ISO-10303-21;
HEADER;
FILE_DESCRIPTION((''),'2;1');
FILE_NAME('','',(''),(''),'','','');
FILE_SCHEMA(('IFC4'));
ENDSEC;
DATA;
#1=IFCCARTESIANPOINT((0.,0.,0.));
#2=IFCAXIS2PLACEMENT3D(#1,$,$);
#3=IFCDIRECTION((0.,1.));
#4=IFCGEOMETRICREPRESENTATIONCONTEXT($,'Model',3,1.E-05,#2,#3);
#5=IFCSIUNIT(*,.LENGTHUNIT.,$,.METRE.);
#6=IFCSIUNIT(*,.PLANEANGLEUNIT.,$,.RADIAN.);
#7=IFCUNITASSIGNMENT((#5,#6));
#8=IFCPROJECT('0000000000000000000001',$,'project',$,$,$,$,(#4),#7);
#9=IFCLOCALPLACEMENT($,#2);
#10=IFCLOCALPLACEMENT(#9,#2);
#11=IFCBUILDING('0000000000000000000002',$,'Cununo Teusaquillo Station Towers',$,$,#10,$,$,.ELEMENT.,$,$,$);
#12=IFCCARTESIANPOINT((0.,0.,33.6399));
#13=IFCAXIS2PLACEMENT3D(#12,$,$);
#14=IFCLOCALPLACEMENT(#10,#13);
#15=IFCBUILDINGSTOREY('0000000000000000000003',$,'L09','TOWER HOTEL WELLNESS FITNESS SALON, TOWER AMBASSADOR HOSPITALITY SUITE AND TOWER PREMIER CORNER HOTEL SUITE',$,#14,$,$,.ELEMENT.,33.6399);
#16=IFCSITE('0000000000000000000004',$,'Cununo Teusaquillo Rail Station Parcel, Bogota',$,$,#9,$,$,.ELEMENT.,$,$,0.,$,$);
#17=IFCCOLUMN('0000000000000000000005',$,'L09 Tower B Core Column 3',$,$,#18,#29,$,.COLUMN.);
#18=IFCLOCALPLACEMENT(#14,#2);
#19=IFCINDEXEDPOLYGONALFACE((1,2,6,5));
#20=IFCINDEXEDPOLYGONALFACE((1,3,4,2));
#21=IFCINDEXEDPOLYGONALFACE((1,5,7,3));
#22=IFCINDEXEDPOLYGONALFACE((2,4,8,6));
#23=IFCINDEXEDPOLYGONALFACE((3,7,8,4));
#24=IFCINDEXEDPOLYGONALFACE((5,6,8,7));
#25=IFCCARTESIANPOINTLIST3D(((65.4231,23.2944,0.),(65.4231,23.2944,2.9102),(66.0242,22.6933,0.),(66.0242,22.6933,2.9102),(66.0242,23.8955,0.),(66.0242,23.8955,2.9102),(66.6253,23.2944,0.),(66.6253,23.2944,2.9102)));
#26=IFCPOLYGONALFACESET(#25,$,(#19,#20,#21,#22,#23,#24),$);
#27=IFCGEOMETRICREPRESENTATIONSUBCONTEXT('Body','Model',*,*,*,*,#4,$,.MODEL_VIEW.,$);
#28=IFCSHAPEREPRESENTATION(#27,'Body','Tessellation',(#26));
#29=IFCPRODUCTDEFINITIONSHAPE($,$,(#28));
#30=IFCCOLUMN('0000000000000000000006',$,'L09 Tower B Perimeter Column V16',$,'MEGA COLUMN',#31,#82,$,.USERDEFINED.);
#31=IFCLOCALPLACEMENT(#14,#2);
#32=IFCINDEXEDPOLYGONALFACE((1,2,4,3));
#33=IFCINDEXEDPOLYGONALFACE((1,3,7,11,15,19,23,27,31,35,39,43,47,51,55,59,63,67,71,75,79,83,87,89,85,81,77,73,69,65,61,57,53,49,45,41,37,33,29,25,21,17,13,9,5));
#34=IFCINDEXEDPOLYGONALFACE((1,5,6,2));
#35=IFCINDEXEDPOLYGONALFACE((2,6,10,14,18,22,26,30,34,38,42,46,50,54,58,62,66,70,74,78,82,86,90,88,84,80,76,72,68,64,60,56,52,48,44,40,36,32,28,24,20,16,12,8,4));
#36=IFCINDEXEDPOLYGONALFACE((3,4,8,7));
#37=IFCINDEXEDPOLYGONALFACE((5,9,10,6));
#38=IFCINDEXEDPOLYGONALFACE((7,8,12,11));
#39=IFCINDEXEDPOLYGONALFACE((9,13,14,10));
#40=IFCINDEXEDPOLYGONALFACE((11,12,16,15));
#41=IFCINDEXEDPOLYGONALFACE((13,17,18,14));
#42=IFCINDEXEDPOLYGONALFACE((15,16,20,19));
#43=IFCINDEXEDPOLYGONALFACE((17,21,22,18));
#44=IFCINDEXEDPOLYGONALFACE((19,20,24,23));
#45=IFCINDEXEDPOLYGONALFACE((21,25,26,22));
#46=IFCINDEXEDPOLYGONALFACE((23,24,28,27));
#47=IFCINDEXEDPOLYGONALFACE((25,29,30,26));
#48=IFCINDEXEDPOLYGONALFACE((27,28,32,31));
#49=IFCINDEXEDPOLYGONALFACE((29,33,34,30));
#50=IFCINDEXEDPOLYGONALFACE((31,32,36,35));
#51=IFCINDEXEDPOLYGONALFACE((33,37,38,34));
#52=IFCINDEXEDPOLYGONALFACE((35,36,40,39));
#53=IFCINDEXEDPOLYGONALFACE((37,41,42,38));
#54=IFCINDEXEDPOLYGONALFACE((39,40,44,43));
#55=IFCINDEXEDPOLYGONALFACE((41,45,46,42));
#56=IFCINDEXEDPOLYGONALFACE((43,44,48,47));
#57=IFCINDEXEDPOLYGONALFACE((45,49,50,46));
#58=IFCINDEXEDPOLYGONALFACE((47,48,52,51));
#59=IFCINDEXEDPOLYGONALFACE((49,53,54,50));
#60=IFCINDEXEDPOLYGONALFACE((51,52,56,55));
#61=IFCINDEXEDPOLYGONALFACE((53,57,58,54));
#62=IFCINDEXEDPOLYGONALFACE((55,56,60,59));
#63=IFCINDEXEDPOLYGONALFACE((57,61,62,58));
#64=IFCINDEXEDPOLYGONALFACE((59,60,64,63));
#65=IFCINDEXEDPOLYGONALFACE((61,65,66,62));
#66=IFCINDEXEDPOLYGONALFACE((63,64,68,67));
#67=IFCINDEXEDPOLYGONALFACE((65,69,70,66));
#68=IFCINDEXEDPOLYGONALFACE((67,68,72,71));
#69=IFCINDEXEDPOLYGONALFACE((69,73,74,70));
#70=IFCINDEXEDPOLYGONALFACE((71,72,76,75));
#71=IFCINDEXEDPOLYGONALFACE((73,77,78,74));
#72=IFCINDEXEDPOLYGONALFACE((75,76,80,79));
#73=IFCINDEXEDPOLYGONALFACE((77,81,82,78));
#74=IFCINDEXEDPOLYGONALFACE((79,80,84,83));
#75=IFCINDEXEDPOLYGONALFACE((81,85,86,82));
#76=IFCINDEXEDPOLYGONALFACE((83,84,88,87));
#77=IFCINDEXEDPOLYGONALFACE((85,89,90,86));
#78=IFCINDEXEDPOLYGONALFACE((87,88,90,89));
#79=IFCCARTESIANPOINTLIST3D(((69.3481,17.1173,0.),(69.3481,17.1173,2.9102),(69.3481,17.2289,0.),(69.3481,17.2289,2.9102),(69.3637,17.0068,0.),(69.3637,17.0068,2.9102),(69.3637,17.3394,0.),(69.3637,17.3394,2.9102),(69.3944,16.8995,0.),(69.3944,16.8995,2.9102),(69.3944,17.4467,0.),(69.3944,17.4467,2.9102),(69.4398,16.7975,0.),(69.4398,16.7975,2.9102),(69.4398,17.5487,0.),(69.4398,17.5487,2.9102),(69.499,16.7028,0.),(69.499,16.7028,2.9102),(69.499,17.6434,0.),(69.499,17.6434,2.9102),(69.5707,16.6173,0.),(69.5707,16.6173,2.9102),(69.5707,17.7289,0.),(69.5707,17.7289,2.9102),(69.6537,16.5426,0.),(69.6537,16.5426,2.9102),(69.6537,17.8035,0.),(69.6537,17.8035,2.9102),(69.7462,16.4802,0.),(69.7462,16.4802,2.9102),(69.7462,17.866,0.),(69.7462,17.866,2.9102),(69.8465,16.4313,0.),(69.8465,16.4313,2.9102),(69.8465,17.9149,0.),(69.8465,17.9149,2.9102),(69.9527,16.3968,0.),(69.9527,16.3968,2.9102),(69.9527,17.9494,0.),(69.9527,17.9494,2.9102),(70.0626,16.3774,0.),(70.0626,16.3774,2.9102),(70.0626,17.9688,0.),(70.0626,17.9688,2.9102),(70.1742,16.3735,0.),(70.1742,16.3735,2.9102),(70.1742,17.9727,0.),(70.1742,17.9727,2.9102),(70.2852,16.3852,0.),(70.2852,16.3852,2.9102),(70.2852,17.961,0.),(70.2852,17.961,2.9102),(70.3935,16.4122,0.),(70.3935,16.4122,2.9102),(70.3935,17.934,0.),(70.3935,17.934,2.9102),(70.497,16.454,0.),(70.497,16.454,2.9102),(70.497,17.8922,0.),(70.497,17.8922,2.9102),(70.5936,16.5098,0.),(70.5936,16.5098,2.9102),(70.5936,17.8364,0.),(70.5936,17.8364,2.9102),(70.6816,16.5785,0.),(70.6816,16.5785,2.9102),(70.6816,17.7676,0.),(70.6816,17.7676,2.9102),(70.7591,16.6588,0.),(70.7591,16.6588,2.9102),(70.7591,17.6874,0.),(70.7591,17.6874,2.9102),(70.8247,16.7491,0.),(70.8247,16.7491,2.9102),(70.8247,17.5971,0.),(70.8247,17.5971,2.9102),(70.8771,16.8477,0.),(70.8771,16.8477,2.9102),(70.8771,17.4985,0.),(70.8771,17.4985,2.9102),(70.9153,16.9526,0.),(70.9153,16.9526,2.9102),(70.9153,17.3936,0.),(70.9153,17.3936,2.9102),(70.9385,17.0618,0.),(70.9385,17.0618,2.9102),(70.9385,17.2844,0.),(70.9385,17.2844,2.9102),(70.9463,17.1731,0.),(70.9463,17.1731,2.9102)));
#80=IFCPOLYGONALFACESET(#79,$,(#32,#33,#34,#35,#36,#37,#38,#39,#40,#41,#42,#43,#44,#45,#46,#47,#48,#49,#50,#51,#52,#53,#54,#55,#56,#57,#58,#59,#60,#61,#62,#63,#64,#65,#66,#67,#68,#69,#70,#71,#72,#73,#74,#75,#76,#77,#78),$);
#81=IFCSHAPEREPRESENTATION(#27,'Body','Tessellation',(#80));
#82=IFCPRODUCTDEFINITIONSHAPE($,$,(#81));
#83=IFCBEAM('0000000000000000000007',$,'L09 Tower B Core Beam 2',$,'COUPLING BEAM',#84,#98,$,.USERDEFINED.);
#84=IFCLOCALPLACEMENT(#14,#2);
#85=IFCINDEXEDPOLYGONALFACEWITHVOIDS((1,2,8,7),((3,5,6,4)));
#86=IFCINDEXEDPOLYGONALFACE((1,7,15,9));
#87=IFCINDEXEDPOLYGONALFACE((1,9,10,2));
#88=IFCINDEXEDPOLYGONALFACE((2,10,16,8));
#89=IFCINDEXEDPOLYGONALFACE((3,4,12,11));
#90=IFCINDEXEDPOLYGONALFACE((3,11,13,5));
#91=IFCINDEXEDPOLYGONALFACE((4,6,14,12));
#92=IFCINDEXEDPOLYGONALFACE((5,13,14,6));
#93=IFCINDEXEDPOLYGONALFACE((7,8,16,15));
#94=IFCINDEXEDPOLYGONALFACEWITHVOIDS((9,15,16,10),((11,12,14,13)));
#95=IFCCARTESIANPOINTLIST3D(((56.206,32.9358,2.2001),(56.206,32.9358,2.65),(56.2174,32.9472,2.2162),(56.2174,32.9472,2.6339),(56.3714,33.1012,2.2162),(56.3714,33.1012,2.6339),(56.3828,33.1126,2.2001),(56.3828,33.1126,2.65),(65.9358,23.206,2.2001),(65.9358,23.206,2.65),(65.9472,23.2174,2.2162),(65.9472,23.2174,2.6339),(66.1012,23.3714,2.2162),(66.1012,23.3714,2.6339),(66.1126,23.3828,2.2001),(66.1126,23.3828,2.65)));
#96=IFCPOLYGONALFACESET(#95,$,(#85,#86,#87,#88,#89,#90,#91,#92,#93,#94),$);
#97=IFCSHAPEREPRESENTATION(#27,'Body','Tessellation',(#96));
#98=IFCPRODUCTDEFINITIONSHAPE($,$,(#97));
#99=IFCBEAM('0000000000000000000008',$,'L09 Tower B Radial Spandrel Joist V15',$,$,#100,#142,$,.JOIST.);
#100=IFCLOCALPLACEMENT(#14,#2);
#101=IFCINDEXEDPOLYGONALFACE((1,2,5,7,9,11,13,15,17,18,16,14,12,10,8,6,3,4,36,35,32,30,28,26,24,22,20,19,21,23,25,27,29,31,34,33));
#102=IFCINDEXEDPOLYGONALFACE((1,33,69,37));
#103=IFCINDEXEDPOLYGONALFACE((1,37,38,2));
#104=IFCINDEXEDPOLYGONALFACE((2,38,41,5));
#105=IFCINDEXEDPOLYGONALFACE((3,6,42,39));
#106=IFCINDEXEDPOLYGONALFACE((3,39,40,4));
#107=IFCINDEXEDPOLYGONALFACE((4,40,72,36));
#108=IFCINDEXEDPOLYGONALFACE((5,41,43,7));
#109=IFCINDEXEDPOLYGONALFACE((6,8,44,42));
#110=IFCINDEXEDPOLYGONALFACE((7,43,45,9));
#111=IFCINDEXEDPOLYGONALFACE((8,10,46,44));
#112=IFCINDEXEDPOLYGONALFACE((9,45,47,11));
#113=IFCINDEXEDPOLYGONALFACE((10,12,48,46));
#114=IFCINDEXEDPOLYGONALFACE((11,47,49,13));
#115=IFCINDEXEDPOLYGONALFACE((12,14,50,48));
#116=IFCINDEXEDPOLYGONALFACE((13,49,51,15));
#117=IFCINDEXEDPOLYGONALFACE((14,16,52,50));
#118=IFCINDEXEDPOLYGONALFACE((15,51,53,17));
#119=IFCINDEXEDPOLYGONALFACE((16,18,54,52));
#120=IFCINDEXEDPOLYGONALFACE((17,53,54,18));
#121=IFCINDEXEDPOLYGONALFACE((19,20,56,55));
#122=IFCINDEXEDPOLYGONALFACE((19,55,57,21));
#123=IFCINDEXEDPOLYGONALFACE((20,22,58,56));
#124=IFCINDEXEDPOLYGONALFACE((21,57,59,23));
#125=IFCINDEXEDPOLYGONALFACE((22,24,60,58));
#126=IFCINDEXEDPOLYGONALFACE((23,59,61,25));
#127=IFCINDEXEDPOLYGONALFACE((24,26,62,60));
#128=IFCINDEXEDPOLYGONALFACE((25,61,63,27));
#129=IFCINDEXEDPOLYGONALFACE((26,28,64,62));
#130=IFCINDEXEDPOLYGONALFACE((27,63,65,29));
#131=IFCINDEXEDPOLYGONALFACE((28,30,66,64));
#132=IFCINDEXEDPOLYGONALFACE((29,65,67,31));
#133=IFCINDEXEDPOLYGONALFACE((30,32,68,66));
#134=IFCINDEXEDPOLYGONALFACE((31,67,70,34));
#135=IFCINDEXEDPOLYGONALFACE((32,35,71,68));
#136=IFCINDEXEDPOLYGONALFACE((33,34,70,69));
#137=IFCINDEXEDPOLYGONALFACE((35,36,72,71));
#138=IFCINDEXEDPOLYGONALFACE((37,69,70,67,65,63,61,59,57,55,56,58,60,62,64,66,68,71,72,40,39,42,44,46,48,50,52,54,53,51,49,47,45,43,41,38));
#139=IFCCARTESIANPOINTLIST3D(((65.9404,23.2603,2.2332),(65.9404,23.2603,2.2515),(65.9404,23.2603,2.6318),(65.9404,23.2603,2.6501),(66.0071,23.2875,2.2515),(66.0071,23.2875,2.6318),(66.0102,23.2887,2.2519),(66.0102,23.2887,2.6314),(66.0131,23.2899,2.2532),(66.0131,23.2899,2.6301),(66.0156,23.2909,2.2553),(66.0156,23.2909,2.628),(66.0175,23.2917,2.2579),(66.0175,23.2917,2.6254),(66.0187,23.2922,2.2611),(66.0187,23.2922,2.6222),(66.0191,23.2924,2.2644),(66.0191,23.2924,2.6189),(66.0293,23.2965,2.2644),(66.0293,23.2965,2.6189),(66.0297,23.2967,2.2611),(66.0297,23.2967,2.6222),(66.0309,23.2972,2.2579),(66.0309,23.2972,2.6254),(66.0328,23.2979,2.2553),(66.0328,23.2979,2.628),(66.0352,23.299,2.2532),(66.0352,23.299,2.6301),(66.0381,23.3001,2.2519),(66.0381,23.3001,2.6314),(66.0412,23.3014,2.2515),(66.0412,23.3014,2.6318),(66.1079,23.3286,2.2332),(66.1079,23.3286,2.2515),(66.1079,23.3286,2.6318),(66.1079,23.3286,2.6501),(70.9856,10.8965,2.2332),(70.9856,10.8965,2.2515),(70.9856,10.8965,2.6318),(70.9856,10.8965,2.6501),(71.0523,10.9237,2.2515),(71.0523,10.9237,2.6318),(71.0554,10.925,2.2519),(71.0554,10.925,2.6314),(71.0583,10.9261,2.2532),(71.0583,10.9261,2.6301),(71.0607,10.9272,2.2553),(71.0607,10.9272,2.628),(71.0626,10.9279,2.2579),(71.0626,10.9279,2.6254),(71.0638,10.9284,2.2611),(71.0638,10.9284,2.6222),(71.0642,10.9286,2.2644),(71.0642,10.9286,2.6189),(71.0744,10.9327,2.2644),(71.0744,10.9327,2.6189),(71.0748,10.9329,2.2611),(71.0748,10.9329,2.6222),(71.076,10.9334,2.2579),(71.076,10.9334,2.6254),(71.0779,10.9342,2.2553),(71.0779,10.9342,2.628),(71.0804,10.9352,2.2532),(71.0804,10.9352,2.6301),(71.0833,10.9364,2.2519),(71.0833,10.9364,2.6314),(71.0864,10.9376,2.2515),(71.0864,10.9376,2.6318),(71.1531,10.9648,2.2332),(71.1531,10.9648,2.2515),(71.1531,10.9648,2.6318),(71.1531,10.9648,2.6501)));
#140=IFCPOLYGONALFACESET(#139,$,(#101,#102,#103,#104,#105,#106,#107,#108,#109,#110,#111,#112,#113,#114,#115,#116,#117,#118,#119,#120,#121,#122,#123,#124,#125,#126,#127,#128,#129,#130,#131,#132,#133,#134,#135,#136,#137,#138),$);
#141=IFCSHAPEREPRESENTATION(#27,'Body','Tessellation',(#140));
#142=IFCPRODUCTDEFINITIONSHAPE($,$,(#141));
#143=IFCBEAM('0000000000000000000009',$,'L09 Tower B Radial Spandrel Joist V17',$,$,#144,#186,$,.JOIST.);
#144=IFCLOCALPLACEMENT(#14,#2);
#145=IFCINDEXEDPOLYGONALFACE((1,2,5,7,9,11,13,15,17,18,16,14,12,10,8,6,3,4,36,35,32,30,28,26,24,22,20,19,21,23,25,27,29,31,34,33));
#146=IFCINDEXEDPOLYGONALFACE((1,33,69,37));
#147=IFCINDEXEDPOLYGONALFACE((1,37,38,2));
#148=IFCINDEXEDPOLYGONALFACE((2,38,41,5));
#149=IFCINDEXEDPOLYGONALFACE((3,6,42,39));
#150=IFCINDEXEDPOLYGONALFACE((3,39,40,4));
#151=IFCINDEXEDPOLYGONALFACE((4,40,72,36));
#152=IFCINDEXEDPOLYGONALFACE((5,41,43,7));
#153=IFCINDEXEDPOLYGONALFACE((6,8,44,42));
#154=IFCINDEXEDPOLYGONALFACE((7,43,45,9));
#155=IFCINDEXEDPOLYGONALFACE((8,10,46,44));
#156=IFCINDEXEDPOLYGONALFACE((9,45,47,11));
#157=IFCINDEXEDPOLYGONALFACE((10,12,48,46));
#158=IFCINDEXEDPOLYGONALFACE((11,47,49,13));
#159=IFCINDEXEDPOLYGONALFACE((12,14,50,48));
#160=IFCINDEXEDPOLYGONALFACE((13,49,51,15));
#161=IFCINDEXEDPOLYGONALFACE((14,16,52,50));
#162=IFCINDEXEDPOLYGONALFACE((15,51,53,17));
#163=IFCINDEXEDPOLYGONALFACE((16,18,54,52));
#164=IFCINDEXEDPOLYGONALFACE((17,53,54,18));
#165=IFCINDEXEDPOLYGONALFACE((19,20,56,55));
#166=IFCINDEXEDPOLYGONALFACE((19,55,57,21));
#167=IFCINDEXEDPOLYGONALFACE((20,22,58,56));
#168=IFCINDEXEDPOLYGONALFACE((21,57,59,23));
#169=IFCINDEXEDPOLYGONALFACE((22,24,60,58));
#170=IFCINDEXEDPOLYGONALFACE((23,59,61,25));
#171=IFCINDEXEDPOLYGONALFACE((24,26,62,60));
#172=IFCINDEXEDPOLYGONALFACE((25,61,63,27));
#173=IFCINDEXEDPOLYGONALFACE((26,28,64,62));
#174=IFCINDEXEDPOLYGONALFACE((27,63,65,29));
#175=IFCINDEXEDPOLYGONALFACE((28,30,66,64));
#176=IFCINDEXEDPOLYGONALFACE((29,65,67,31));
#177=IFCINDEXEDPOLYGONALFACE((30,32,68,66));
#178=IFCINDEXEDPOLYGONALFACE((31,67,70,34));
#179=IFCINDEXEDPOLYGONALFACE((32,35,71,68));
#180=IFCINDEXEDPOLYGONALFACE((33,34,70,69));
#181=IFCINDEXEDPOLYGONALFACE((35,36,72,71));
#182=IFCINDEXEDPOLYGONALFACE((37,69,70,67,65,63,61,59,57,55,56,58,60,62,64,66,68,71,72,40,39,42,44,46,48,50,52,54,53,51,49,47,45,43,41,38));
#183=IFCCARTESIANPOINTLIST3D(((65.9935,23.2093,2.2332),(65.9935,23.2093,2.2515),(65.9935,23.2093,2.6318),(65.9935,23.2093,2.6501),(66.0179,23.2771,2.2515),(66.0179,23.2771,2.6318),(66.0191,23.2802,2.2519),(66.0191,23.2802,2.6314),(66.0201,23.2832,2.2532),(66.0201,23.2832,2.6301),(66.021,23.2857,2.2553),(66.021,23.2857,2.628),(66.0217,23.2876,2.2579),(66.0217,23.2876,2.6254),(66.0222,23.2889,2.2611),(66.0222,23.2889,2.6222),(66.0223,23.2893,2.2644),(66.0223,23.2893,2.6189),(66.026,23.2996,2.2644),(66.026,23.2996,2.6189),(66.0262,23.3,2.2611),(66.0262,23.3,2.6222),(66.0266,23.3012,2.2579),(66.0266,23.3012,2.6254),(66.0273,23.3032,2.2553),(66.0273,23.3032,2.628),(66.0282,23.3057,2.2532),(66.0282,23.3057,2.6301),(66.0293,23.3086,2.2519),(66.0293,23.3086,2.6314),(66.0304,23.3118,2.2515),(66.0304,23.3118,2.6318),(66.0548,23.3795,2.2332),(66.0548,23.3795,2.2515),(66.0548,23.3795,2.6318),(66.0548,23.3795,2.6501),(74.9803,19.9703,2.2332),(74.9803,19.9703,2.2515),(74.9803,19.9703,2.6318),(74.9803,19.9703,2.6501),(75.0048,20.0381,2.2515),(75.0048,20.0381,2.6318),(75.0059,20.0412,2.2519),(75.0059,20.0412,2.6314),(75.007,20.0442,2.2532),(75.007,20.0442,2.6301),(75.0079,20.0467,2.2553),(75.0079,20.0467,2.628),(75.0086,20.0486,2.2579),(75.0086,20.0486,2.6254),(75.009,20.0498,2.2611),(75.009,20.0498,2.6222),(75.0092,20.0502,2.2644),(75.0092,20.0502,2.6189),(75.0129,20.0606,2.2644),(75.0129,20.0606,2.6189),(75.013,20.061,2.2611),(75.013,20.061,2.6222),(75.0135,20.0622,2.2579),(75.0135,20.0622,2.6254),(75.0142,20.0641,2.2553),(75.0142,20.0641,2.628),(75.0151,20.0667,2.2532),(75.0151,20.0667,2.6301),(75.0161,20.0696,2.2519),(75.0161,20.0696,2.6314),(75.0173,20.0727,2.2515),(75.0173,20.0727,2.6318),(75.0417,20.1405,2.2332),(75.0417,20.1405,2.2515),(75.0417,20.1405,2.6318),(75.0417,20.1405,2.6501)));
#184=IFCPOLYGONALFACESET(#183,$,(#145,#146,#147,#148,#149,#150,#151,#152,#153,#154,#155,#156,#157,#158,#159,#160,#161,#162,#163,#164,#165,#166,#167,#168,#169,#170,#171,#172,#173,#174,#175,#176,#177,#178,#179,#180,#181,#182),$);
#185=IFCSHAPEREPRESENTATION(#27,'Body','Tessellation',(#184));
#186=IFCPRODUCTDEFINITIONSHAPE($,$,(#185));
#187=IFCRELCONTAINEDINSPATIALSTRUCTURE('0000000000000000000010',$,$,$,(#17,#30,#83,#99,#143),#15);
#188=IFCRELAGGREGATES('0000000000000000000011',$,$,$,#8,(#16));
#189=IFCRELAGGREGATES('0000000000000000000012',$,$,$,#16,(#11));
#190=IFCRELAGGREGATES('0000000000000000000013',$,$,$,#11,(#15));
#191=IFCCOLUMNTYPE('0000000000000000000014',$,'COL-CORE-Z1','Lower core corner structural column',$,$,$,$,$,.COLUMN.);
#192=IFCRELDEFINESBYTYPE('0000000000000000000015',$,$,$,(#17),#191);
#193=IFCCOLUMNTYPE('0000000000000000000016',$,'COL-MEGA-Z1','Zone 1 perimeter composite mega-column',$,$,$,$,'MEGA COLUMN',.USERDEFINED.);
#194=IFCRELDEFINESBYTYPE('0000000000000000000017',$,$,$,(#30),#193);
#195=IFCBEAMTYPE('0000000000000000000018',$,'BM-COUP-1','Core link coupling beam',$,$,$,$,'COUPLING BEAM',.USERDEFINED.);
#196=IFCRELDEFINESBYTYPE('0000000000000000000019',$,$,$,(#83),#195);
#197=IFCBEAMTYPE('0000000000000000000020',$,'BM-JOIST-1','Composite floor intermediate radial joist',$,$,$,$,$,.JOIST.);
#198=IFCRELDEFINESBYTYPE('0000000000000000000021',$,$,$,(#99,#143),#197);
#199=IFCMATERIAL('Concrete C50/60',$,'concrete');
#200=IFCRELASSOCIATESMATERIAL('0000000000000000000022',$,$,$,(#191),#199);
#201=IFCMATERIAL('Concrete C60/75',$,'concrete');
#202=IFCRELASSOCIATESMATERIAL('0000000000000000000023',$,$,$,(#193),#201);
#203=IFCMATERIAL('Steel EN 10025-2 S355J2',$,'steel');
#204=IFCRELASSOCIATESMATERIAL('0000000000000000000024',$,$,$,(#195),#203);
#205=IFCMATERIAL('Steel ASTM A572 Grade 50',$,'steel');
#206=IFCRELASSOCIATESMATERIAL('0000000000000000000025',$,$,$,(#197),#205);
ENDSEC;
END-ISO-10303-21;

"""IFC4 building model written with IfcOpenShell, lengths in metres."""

from ifc_helpers import new_model, si_unit, direction, frame, origin, origin_2d, place, context, subcontext, project, spatial, rectangle, hollow_rectangle, circle, i_section, extrude, material, material_profile, profile_set, type_object, element, save


model = new_model("IFC4")

# Units and contexts
model_context = context("Model", 3, precision=1e-05, world=origin(), true_north=direction((0.0, 1.0)))
body_context = subcontext(model_context, "Body", "Model", "MODEL_VIEW")
ifc_project = project(units=[si_unit("LENGTHUNIT", "METRE"), si_unit("PLANEANGLEUNIT", "RADIAN")], contexts=[model_context])

# Site, building, storey
site_placement = place(None, origin())
site = spatial("IfcSite", under=ifc_project, at=site_placement, Name="Cununo Teusaquillo Rail Station Parcel, Bogota", CompositionType="ELEMENT", RefElevation=0.0)
building_placement = place(site_placement, origin())
building = spatial("IfcBuilding", under=site, at=building_placement, Name="Cununo Teusaquillo Station Towers", CompositionType="ELEMENT")
storey_placement = place(building_placement, frame((0.0, 0.0, 33.6399)))
storey = spatial("IfcBuildingStorey", under=building, at=storey_placement, Name="L09", Description="TOWER HOTEL WELLNESS FITNESS SALON, TOWER AMBASSADOR HOSPITALITY SUITE AND TOWER PREMIER CORNER HOTEL SUITE", CompositionType="ELEMENT", Elevation=33.6399)

# Columns
ifc_material_1 = material(Name="Concrete C50/60", Category="concrete")
ifc_material_profile_1 = material_profile(ifc_material_1, rectangle(XDim=0.8501, YDim=0.8501, at=origin_2d()), Name="RC-RECT-850x850")
ifc_profile_set_1 = profile_set([ifc_material_profile_1], Name="Concrete C50/60")
column_type_1 = type_object("IfcColumnType", Name="COL-CORE-Z1", Description="Lower core corner structural column", PredefinedType="COLUMN", material=ifc_profile_set_1)
column_1_placement = place(storey_placement, frame((66.0242, 23.2944, 0.0), z_axis=(0.0, 0.0, 1.0), x_axis=(0.707107, 0.707107, 0.0)))
element("IfcColumn", 1, at=column_1_placement, inside=storey, type_object=column_type_1, Name="L09 Tower B Core Column 3", PredefinedType="COLUMN", context=body_context, shape_type="SweptSolid", body=[
    extrude(rectangle(XDim=0.8501, YDim=0.8501, at=origin_2d()), origin(), (0.0, 0.0, 1.0), 2.9102),
])
ifc_material_2 = material(Name="Concrete C60/75", Category="concrete")
ifc_material_profile_2 = material_profile(ifc_material_2, circle(Radius=0.8, at=origin_2d()), Name="RC-CIRC-1600")
ifc_profile_set_2 = profile_set([ifc_material_profile_2], Name="Concrete C60/75")
column_type_2 = type_object("IfcColumnType", Name="COL-MEGA-Z1", Description="Zone 1 perimeter composite mega-column", ElementType="MEGA COLUMN", PredefinedType="USERDEFINED", material=ifc_profile_set_2)
column_2_placement = place(storey_placement, frame((70.1462, 17.1731, 0.0), z_axis=(0.0, 0.0, 1.0), x_axis=(1.0, 0.0, 0.0)))
element("IfcColumn", 2, at=column_2_placement, inside=storey, type_object=column_type_2, Name="L09 Tower B Perimeter Column V16", ObjectType="MEGA COLUMN", PredefinedType="USERDEFINED", context=body_context, shape_type="SweptSolid", body=[
    extrude(circle(Radius=0.8, at=origin_2d()), origin(), (0.0, 0.0, 1.0), 2.9102),
])

# Beams
ifc_material_3 = material(Name="Steel EN 10025-2 S355J2", Category="steel")
ifc_material_profile_3 = material_profile(ifc_material_3, hollow_rectangle(XDim=0.25, YDim=0.45, WallThickness=0.0161, at=origin_2d()), Name="RHS 450x250x16")
ifc_profile_set_3 = profile_set([ifc_material_profile_3], Name="Steel EN 10025-2 S355J2")
beam_type_1 = type_object("IfcBeamType", Name="BM-COUP-1", Description="Core link coupling beam", ElementType="COUPLING BEAM", PredefinedType="USERDEFINED", material=ifc_profile_set_3)
beam_1_placement = place(storey_placement, frame((66.0242, 23.2944, 2.425), z_axis=(-0.707107, 0.707107, 0.0), x_axis=(-0.707107, -0.707107, 0.0)))
element("IfcBeam", 3, at=beam_1_placement, inside=storey, type_object=beam_type_1, Name="L09 Tower B Core Beam 2", ObjectType="COUPLING BEAM", PredefinedType="USERDEFINED", context=body_context, shape_type="SweptSolid", body=[
    extrude(hollow_rectangle(XDim=0.25, YDim=0.45, WallThickness=0.0161, at=origin_2d()), origin(), (0.0, 0.0, 1.0), 13.76),
])
ifc_material_4 = material(Name="Steel ASTM A572 Grade 50", Category="steel")
ifc_material_profile_4 = material_profile(ifc_material_4, i_section(OverallWidth=0.1809, OverallDepth=0.417, WebThickness=0.011, FlangeThickness=0.0183, FilletRadius=0.0129, at=origin_2d()), Name="W16X57")
ifc_profile_set_4 = profile_set([ifc_material_profile_4], Name="Steel ASTM A572 Grade 50")
beam_type_2 = type_object("IfcBeamType", Name="BM-JOIST-1", Description="Composite floor intermediate radial joist", PredefinedType="JOIST", material=ifc_profile_set_4)
beam_2_placement = place(storey_placement, frame((66.0242, 23.2944, 2.4417), z_axis=(0.377815, -0.925881, 0.0), x_axis=(0.925881, 0.377815, 0.0)))
element("IfcBeam", 4, at=beam_2_placement, inside=storey, type_object=beam_type_2, Name="L09 Tower B Radial Spandrel Joist V15", PredefinedType="JOIST", context=body_context, shape_type="SweptSolid", body=[
    extrude(i_section(OverallWidth=0.1809, OverallDepth=0.417, WebThickness=0.011, FlangeThickness=0.0183, FilletRadius=0.0129, at=origin_2d()), origin(), (0.0, 0.0, 1.0), 13.3535),
])
beam_3_placement = place(storey_placement, frame((66.0242, 23.2944, 2.4417), z_axis=(0.940762, -0.339068, 0.0), x_axis=(0.339068, 0.940762, 0.0)))
element("IfcBeam", 5, at=beam_3_placement, inside=storey, type_object=beam_type_2, Name="L09 Tower B Radial Spandrel Joist V17", PredefinedType="JOIST", context=body_context, shape_type="SweptSolid", body=[
    extrude(i_section(OverallWidth=0.1809, OverallDepth=0.417, WebThickness=0.011, FlangeThickness=0.0183, FilletRadius=0.0129, at=origin_2d()), origin(), (0.0, 0.0, 1.0), 9.5527),
])

save(model, "model.ifc")
